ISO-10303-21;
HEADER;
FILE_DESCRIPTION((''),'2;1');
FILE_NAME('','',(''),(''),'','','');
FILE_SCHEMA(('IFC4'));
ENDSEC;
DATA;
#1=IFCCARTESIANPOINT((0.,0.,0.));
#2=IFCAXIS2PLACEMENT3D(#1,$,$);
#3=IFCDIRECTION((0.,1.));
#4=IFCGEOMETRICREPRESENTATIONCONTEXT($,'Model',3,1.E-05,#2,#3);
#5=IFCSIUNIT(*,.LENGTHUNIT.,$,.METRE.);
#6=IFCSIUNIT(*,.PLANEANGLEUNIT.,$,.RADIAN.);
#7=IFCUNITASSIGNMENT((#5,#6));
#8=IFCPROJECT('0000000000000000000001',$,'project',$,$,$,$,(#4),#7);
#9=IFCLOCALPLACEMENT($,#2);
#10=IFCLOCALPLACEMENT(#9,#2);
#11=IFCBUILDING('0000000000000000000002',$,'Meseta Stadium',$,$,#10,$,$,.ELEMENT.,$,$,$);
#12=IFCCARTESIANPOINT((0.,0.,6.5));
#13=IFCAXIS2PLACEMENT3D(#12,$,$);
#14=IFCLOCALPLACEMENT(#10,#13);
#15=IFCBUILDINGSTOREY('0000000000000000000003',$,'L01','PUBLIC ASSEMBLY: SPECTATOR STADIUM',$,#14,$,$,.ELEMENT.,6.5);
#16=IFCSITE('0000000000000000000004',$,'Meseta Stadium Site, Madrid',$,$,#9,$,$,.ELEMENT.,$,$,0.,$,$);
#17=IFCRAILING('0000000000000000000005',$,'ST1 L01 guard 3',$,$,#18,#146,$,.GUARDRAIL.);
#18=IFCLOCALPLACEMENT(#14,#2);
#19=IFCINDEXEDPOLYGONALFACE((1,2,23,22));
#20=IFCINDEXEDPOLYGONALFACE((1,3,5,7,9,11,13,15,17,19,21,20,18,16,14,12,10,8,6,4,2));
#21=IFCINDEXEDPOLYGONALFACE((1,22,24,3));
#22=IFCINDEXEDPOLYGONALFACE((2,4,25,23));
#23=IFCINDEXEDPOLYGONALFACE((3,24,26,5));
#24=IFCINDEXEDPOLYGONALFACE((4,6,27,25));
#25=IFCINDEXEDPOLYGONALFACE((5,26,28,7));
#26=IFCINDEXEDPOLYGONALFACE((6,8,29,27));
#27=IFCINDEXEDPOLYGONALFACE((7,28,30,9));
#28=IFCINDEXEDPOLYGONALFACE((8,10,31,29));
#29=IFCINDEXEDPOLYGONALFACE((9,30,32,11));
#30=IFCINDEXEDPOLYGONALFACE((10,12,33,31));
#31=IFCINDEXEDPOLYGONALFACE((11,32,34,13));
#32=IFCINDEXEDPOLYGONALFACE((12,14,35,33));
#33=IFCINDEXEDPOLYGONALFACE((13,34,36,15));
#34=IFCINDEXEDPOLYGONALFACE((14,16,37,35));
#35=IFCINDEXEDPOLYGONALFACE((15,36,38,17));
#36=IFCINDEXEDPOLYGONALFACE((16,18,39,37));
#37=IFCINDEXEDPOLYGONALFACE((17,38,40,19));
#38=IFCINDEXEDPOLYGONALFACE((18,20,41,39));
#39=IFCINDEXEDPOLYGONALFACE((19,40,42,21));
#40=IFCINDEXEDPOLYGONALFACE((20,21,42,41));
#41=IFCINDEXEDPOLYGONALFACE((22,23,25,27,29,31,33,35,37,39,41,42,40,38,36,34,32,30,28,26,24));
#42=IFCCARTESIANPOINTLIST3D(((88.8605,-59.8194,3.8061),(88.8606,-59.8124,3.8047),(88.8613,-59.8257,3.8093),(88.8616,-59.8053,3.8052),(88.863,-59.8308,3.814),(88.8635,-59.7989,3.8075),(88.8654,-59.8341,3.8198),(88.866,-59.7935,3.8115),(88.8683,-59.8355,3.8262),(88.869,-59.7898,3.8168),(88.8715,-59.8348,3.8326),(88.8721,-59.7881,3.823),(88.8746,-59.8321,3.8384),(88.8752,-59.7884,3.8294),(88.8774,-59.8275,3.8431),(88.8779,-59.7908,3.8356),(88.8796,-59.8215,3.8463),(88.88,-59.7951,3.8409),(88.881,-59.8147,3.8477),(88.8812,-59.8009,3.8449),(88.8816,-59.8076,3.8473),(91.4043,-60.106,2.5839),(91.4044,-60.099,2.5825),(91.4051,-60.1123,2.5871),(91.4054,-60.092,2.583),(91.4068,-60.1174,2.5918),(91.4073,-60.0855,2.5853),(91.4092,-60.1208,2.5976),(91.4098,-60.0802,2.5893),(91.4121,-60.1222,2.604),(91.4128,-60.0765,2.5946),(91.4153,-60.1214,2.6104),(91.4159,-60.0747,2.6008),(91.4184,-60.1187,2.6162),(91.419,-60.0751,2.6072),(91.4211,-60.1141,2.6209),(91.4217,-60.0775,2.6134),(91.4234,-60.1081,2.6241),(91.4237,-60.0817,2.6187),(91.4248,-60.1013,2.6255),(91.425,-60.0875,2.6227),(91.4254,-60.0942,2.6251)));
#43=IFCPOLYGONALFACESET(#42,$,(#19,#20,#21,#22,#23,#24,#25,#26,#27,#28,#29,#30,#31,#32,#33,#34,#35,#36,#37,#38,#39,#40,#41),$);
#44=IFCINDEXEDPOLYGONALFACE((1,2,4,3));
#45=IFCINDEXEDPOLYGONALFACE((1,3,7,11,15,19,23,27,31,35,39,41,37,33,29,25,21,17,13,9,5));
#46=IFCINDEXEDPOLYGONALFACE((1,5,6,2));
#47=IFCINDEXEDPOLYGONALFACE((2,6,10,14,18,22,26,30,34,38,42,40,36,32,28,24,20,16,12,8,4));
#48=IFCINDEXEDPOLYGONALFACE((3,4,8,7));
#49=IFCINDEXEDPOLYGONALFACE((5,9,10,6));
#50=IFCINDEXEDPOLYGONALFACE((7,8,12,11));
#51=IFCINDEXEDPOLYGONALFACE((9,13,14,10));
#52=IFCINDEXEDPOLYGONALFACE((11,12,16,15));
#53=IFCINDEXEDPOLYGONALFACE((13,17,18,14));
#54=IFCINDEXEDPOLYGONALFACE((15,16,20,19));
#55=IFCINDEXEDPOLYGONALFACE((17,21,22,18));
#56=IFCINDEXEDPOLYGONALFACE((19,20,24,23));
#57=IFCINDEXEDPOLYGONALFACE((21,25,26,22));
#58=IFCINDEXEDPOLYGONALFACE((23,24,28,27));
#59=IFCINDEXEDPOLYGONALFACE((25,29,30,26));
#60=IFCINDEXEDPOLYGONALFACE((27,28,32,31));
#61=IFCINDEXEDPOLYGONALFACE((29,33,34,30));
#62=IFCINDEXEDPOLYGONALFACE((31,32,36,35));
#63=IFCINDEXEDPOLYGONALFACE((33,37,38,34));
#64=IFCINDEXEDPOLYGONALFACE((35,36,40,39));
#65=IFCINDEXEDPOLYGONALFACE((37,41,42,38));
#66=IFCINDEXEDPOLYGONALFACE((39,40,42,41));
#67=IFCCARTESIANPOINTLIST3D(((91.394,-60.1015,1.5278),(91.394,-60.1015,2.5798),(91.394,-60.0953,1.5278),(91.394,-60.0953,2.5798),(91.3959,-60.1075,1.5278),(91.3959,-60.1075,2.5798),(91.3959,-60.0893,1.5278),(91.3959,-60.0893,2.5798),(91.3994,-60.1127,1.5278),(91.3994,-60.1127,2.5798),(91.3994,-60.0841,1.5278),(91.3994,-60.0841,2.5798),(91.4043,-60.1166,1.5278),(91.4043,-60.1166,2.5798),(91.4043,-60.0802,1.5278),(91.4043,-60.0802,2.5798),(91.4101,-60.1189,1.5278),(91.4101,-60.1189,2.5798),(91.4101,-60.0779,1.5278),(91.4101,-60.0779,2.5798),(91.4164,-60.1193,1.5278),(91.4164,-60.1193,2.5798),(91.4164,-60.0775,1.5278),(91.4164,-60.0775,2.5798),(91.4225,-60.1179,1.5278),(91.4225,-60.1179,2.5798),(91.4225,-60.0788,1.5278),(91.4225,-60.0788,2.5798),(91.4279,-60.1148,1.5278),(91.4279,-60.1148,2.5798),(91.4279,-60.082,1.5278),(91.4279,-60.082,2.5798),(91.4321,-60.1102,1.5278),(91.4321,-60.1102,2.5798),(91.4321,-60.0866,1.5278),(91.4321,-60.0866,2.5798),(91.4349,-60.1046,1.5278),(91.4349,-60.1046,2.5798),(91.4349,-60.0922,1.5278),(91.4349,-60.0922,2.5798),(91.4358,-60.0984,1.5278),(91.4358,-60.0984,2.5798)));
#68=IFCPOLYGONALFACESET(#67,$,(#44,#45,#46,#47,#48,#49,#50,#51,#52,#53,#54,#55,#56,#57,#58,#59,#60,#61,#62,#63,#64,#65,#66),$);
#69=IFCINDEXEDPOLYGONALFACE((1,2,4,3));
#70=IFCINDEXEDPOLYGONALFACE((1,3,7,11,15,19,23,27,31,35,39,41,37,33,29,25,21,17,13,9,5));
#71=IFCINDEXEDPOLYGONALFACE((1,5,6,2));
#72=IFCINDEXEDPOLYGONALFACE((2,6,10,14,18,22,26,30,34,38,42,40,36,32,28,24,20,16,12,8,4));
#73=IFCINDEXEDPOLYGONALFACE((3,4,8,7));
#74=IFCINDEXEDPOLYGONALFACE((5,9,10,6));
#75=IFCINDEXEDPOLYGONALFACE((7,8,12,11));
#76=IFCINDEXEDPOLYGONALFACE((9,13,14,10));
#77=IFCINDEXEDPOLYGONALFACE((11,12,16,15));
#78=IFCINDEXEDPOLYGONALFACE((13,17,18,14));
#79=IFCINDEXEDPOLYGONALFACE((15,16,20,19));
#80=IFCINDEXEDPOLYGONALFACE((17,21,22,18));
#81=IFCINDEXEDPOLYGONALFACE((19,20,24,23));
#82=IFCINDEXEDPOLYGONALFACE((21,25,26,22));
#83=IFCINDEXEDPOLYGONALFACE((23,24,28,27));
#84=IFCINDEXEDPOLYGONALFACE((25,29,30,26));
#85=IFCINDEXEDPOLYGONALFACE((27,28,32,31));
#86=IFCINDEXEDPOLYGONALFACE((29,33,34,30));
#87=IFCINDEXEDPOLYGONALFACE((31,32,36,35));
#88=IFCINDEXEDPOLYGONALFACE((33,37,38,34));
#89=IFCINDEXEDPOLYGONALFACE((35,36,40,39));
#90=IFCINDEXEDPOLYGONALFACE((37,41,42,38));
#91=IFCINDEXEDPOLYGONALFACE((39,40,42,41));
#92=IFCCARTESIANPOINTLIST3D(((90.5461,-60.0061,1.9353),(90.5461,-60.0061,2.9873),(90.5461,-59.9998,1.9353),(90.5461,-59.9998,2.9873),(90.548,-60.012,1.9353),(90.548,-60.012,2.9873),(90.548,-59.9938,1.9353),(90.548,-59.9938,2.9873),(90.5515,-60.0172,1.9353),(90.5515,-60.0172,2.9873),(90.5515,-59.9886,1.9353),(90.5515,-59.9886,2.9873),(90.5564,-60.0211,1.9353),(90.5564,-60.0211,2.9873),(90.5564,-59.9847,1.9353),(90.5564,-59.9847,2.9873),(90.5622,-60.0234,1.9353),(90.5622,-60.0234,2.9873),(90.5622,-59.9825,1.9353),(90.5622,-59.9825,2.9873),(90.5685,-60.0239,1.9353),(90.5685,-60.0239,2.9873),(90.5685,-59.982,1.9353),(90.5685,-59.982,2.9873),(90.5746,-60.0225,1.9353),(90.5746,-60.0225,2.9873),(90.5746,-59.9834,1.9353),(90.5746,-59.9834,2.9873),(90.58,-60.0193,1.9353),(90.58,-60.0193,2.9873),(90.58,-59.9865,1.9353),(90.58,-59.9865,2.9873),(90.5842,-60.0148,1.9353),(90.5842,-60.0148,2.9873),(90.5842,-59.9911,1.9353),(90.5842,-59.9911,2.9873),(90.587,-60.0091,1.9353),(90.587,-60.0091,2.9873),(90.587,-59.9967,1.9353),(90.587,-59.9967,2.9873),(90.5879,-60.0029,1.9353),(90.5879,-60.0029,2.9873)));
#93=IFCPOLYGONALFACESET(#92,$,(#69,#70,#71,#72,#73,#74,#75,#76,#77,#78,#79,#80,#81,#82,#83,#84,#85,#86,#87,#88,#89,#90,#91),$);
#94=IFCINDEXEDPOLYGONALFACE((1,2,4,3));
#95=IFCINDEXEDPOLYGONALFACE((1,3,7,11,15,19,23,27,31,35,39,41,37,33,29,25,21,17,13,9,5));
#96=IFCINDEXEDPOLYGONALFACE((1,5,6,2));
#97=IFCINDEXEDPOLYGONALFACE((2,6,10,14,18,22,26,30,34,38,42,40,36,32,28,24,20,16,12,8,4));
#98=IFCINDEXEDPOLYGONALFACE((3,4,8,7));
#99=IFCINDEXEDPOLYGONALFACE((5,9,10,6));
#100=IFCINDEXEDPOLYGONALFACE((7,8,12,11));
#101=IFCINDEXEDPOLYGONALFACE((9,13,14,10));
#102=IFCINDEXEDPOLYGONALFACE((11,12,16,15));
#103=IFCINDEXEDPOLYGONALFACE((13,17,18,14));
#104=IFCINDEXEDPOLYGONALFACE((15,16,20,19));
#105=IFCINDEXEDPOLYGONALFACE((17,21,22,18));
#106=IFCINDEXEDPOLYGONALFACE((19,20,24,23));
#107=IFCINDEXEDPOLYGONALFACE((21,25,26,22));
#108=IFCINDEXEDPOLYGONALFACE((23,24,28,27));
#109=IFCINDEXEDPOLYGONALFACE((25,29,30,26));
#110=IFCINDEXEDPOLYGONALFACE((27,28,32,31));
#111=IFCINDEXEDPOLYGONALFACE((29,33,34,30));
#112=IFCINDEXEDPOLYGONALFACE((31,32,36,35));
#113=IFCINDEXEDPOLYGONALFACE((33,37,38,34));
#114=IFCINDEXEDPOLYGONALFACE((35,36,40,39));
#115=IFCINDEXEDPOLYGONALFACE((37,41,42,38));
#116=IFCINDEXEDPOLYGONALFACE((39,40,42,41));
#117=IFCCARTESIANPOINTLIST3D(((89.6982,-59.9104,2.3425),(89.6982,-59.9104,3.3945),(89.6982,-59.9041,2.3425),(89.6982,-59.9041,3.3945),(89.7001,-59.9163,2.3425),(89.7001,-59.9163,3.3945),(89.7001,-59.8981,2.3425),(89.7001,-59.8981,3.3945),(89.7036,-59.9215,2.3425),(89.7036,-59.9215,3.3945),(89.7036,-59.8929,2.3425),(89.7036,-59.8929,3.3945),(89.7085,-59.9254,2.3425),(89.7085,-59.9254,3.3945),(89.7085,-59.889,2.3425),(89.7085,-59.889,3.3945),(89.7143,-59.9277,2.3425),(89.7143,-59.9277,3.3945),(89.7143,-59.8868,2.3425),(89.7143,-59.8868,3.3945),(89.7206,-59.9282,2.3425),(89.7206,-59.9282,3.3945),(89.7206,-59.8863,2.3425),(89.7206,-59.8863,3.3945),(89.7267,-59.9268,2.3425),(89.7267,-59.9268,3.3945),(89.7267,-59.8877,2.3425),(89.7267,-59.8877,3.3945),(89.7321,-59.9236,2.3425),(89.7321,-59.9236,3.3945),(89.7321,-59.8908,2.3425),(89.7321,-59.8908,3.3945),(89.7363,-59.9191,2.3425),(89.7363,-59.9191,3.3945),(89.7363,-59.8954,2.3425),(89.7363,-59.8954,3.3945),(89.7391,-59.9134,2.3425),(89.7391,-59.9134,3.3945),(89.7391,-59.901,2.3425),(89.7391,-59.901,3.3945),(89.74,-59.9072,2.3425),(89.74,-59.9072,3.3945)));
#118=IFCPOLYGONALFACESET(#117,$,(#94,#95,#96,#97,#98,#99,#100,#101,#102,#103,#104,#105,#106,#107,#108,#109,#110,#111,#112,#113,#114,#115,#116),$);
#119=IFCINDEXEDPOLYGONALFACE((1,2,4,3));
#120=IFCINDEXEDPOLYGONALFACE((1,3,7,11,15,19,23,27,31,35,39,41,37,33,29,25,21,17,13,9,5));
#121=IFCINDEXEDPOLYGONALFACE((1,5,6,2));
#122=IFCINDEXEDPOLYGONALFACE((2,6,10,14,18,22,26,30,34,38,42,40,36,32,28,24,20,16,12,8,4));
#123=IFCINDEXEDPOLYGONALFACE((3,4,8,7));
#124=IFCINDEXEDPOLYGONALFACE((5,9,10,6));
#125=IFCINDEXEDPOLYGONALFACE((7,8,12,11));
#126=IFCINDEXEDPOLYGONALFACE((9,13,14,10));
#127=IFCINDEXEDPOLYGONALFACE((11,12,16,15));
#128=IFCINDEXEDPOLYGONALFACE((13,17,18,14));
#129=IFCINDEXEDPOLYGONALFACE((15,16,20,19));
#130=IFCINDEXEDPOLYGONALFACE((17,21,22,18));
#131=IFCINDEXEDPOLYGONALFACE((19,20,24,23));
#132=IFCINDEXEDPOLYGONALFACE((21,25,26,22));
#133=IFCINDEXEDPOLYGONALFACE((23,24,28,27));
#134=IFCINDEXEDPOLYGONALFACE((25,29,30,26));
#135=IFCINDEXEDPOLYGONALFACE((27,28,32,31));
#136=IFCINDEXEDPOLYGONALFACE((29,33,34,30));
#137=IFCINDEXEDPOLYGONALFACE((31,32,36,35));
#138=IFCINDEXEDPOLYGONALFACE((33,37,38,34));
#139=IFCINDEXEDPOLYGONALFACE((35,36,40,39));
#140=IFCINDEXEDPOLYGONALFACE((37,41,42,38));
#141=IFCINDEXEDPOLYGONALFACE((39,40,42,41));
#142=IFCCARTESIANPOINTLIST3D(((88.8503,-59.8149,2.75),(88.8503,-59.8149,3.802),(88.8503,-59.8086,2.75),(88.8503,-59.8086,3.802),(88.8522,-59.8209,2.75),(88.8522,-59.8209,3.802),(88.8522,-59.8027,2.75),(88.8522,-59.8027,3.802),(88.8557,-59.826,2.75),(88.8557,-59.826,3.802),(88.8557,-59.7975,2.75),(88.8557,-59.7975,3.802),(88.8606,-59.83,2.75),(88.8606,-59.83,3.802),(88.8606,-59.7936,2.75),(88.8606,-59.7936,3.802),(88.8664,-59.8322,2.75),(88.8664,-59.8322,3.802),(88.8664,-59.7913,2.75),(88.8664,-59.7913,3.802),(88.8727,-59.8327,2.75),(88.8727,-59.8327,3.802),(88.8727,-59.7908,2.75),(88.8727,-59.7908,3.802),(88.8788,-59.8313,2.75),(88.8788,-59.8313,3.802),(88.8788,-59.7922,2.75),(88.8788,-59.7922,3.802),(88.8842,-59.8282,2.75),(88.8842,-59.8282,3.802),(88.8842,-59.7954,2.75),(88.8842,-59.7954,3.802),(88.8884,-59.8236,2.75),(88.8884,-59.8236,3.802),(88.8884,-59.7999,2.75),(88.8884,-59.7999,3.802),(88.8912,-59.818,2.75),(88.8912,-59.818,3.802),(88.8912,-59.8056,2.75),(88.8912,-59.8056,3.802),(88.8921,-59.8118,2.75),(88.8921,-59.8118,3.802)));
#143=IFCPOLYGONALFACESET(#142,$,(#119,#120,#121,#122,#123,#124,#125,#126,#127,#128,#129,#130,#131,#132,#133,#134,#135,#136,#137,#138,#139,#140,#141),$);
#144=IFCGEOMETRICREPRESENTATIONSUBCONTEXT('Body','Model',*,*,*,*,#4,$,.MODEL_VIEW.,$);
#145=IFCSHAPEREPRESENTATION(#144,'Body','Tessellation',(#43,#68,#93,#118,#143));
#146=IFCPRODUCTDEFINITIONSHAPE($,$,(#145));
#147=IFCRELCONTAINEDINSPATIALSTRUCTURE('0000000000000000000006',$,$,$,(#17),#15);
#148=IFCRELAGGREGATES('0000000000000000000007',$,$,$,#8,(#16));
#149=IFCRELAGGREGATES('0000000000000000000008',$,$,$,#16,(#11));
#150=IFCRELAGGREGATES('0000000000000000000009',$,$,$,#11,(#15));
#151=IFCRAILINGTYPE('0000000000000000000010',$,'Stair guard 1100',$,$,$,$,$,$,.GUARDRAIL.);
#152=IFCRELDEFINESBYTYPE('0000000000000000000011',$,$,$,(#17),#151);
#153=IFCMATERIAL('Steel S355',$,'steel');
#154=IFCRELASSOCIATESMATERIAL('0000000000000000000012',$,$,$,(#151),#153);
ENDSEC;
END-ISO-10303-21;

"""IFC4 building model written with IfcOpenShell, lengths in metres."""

from ifc_helpers import new_model, si_unit, direction, frame, origin, origin_2d, place, context, subcontext, project, spatial, circle, extrude, material, type_object, element, save


model = new_model("IFC4")

# Units and contexts
model_context = context("Model", 3, precision=1e-05, world=origin(), true_north=direction((0.0, 1.0)))
body_context = subcontext(model_context, "Body", "Model", "MODEL_VIEW")
ifc_project = project(units=[si_unit("LENGTHUNIT", "METRE"), si_unit("PLANEANGLEUNIT", "RADIAN")], contexts=[model_context])

# Site, building, storey
site_placement = place(None, origin())
site = spatial("IfcSite", under=ifc_project, at=site_placement, Name="Meseta Stadium Site, Madrid", CompositionType="ELEMENT", RefElevation=0.0)
building_placement = place(site_placement, origin())
building = spatial("IfcBuilding", under=site, at=building_placement, Name="Meseta Stadium", CompositionType="ELEMENT")
storey_placement = place(building_placement, frame((0.0, 0.0, 6.5)))
storey = spatial("IfcBuildingStorey", under=building, at=storey_placement, Name="L01", Description="PUBLIC ASSEMBLY: SPECTATOR STADIUM", CompositionType="ELEMENT", Elevation=6.5)

# Railing
ifc_material_1 = material(Name="Steel S355", Category="steel")
railing_type_1 = type_object("IfcRailingType", Name="Stair guard 1100", PredefinedType="GUARDRAIL", material=ifc_material_1)
railing_1_placement = place(storey_placement, frame((91.4148, -60.0984, 1.5278)))
element("IfcRailing", 1, at=railing_1_placement, inside=storey, type_object=railing_type_1, Name="ST1 L01 guard 3", PredefinedType="GUARDRAIL", context=body_context, shape_type="SweptSolid", body=[
    extrude(circle(Radius=0.0239, at=origin_2d()), frame((0.0, 0.0, 1.0762), z_axis=(-0.896745, 0.101044, 0.430858), x_axis=(-0.11197, -0.993712, 0.0)), (0.0, 0.0, 1.0), 2.8367),
    extrude(circle(Radius=0.021, at=origin_2d()), origin(), (0.0, 0.0, 1.0), 1.052),
    extrude(circle(Radius=0.021, at=origin_2d()), frame((-0.8479, 0.0955, 0.4075)), (0.0, 0.0, 1.0), 1.052),
    extrude(circle(Radius=0.021, at=origin_2d()), frame((-1.6958, 0.1912, 0.8147)), (0.0, 0.0, 1.0), 1.052),
    extrude(circle(Radius=0.021, at=origin_2d()), frame((-2.5437, 0.2866, 1.2222)), (0.0, 0.0, 1.0), 1.052),
])

save(model, "model.ifc")
